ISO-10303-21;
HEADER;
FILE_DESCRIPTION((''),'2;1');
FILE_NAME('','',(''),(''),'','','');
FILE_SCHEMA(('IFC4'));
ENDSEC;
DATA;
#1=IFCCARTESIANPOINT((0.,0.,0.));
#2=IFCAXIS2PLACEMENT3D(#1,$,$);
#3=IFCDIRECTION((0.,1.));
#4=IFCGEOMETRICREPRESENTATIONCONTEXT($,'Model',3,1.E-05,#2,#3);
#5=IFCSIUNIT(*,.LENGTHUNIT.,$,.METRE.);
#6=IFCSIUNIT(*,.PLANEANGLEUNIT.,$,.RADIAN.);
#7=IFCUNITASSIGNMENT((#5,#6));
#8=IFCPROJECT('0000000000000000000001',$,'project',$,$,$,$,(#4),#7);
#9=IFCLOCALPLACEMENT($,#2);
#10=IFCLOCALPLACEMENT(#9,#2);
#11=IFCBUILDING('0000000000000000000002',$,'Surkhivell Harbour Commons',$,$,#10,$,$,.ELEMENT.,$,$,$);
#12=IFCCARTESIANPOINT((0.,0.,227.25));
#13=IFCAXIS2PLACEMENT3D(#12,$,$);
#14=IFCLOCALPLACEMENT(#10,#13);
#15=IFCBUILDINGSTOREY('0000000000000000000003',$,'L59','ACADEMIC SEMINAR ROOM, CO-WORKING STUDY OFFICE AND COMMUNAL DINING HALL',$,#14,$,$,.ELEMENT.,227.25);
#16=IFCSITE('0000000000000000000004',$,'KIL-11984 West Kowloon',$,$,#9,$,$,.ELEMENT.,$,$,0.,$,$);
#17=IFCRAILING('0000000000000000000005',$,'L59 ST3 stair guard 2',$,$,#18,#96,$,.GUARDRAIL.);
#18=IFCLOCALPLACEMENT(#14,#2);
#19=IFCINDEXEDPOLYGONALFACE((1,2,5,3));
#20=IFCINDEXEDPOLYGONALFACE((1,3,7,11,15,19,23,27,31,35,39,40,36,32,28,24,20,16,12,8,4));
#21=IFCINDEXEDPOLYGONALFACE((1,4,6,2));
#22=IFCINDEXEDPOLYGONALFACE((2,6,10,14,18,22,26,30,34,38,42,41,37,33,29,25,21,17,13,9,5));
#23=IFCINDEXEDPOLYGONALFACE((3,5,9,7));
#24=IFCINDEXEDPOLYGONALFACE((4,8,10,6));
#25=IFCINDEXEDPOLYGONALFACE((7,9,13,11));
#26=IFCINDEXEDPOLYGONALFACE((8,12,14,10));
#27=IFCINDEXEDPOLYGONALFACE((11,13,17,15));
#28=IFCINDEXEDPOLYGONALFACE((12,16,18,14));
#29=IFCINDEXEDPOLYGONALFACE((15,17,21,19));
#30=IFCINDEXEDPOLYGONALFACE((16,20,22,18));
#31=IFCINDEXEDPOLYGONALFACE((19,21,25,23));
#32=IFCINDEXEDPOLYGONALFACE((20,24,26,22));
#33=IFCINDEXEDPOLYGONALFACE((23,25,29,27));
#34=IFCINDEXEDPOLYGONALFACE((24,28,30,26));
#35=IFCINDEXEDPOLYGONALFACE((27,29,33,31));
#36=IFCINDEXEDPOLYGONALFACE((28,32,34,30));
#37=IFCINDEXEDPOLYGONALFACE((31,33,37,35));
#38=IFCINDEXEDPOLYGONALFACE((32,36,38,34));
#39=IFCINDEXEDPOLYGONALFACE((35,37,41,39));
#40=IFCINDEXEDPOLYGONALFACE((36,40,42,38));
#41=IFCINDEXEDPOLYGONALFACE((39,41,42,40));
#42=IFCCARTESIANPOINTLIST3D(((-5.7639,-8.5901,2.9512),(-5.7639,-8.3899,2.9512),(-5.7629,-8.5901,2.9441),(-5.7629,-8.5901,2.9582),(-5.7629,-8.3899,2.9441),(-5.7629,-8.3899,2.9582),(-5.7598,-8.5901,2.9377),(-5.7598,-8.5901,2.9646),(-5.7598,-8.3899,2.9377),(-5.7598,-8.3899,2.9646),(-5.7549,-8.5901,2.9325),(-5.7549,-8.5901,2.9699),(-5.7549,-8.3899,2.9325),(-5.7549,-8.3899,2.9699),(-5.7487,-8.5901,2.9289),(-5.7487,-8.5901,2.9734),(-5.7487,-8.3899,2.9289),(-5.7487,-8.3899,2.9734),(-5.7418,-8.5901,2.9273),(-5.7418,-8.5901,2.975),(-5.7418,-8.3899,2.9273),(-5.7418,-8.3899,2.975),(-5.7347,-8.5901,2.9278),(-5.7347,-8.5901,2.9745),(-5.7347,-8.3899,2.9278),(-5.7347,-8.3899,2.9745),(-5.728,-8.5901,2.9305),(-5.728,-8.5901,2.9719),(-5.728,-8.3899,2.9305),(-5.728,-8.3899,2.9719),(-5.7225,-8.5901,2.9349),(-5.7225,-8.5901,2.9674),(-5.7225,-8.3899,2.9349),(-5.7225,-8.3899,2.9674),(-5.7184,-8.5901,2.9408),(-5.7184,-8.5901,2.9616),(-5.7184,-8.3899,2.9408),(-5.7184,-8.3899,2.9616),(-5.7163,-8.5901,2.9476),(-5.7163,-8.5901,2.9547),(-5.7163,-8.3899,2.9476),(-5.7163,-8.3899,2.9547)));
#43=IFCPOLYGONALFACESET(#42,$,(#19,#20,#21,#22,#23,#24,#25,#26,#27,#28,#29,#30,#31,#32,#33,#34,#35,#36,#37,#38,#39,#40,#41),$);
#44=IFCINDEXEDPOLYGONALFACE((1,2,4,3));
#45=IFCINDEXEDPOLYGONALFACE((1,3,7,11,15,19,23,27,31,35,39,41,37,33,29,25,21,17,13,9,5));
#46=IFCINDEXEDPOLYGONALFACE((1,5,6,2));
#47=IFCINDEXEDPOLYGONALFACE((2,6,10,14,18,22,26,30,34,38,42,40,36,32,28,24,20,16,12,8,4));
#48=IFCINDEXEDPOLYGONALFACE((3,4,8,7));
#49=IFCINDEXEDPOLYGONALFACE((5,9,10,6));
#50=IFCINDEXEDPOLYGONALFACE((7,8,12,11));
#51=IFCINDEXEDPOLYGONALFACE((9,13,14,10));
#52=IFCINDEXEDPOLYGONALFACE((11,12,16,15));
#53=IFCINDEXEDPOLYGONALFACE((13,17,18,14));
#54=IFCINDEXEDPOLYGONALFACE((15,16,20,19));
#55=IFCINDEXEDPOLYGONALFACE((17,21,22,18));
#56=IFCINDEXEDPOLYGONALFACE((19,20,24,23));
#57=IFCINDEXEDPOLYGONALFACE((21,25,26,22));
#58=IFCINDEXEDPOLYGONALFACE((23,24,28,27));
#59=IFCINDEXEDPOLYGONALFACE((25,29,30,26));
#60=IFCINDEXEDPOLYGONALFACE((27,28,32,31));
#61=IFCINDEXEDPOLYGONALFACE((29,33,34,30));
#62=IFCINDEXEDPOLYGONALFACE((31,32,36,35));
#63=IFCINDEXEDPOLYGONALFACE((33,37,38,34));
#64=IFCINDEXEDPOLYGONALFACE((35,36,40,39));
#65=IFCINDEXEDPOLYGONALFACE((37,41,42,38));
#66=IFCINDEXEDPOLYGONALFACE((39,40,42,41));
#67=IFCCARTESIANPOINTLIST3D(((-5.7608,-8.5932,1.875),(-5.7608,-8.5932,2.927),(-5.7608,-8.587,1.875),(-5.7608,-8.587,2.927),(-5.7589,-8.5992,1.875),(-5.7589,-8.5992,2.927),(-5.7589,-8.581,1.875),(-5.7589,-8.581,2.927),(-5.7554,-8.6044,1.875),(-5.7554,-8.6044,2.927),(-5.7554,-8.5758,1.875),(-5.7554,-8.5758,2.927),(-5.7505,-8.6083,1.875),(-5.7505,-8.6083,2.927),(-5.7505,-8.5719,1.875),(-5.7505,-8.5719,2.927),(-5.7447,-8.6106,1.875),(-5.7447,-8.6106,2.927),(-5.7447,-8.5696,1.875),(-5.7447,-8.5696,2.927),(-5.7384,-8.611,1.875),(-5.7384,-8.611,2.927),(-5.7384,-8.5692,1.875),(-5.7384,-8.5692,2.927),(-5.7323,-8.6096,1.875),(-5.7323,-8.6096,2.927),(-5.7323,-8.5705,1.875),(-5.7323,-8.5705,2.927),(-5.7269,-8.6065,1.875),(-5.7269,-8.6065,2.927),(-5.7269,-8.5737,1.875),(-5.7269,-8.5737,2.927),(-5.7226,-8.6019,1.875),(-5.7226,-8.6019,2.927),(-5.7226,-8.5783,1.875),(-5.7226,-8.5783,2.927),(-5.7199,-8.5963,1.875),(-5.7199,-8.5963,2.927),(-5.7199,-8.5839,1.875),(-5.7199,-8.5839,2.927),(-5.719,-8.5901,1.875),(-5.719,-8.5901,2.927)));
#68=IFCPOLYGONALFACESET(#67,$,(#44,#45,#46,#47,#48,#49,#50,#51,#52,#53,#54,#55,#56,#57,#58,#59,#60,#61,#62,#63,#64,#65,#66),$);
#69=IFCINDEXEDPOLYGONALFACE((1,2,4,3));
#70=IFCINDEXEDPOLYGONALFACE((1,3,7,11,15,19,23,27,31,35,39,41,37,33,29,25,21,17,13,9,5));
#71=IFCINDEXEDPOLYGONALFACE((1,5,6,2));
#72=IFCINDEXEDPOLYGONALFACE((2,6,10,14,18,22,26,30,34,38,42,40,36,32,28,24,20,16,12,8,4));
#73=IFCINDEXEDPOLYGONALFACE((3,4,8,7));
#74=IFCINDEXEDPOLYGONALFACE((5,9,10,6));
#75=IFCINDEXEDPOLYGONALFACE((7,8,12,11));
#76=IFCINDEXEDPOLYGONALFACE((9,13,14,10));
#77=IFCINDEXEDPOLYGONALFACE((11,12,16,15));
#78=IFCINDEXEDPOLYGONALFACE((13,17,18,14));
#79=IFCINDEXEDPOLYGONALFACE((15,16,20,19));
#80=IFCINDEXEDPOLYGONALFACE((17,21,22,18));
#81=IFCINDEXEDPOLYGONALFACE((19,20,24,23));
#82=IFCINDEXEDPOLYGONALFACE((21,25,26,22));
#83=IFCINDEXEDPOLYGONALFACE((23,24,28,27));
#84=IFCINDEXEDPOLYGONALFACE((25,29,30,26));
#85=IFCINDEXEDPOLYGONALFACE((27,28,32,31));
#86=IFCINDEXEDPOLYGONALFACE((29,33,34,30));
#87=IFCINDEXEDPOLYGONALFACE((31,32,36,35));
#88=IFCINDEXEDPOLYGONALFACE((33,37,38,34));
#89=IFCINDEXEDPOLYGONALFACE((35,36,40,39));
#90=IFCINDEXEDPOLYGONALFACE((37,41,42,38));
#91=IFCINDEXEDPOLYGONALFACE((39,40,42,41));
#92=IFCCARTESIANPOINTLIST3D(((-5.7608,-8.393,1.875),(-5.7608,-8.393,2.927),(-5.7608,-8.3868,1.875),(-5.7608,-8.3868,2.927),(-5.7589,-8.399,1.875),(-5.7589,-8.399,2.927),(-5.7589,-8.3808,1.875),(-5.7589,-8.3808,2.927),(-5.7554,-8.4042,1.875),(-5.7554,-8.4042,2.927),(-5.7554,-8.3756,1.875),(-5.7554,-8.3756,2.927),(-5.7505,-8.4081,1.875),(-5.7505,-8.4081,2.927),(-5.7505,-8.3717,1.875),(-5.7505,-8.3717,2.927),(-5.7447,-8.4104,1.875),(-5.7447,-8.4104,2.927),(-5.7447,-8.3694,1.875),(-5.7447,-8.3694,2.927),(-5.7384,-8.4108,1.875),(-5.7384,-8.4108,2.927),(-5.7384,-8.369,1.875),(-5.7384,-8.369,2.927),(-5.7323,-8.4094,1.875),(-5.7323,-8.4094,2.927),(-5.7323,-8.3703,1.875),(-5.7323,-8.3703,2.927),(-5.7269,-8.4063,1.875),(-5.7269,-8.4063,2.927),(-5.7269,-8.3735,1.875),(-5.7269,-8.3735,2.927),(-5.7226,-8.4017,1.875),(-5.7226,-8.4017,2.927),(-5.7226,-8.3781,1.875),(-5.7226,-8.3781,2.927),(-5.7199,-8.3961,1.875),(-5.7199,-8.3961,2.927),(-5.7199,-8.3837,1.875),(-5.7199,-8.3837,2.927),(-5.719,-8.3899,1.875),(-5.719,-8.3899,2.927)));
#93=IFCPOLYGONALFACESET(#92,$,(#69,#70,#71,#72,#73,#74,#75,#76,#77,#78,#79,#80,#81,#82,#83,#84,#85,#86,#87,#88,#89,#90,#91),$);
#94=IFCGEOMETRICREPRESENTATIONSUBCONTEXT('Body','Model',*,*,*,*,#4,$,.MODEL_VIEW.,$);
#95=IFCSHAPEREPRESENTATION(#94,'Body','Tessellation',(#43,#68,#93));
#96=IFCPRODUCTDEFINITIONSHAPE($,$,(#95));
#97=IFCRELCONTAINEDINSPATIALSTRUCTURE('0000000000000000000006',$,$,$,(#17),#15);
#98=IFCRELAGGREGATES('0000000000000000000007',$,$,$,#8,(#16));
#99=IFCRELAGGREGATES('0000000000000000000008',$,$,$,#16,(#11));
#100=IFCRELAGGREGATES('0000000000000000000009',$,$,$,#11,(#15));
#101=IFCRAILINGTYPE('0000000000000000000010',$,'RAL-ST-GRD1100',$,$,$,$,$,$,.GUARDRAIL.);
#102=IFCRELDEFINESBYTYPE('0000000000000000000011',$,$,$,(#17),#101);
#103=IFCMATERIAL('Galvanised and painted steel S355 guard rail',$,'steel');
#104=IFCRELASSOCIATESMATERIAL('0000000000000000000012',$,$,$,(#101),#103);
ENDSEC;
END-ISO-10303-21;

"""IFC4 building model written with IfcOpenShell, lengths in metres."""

from ifc_helpers import new_model, si_unit, direction, frame, origin, origin_2d, place, context, subcontext, project, spatial, circle, extrude, material, type_object, element, save


model = new_model("IFC4")

# Units and contexts
model_context = context("Model", 3, precision=1e-05, world=origin(), true_north=direction((0.0, 1.0)))
body_context = subcontext(model_context, "Body", "Model", "MODEL_VIEW")
ifc_project = project(units=[si_unit("LENGTHUNIT", "METRE"), si_unit("PLANEANGLEUNIT", "RADIAN")], contexts=[model_context])

# Site, building, storey
site_placement = place(None, origin())
site = spatial("IfcSite", under=ifc_project, at=site_placement, Name="KIL-11984 West Kowloon", CompositionType="ELEMENT", RefElevation=0.0)
building_placement = place(site_placement, origin())
building = spatial("IfcBuilding", under=site, at=building_placement, Name="Surkhivell Harbour Commons", CompositionType="ELEMENT")
storey_placement = place(building_placement, frame((0.0, 0.0, 227.25)))
storey = spatial("IfcBuildingStorey", under=building, at=storey_placement, Name="L59", Description="ACADEMIC SEMINAR ROOM, CO-WORKING STUDY OFFICE AND COMMUNAL DINING HALL", CompositionType="ELEMENT", Elevation=227.25)

# Railing
ifc_material_1 = material(Name="Galvanised and painted steel S355 guard rail", Category="steel")
railing_type_1 = type_object("IfcRailingType", Name="RAL-ST-GRD1100", PredefinedType="GUARDRAIL", material=ifc_material_1)
railing_1_placement = place(storey_placement, frame((-5.74, -8.5901, 1.875)))
element("IfcRailing", 1, at=railing_1_placement, inside=storey, type_object=railing_type_1, Name="L59 ST3 stair guard 2", PredefinedType="GUARDRAIL", context=body_context, shape_type="SweptSolid", body=[
    extrude(circle(Radius=0.0239, at=origin_2d()), frame((0.0, 0.0, 1.0762), z_axis=(0.0, 1.0, 0.0), x_axis=(-1.0, 0.0, 0.0)), (0.0, 0.0, 1.0), 0.2002),
    extrude(circle(Radius=0.021, at=origin_2d()), origin(), (0.0, 0.0, 1.0), 1.052),
    extrude(circle(Radius=0.021, at=origin_2d()), frame((0.0, 0.2002, 0.0)), (0.0, 0.0, 1.0), 1.052),
])

save(model, "model.ifc")
